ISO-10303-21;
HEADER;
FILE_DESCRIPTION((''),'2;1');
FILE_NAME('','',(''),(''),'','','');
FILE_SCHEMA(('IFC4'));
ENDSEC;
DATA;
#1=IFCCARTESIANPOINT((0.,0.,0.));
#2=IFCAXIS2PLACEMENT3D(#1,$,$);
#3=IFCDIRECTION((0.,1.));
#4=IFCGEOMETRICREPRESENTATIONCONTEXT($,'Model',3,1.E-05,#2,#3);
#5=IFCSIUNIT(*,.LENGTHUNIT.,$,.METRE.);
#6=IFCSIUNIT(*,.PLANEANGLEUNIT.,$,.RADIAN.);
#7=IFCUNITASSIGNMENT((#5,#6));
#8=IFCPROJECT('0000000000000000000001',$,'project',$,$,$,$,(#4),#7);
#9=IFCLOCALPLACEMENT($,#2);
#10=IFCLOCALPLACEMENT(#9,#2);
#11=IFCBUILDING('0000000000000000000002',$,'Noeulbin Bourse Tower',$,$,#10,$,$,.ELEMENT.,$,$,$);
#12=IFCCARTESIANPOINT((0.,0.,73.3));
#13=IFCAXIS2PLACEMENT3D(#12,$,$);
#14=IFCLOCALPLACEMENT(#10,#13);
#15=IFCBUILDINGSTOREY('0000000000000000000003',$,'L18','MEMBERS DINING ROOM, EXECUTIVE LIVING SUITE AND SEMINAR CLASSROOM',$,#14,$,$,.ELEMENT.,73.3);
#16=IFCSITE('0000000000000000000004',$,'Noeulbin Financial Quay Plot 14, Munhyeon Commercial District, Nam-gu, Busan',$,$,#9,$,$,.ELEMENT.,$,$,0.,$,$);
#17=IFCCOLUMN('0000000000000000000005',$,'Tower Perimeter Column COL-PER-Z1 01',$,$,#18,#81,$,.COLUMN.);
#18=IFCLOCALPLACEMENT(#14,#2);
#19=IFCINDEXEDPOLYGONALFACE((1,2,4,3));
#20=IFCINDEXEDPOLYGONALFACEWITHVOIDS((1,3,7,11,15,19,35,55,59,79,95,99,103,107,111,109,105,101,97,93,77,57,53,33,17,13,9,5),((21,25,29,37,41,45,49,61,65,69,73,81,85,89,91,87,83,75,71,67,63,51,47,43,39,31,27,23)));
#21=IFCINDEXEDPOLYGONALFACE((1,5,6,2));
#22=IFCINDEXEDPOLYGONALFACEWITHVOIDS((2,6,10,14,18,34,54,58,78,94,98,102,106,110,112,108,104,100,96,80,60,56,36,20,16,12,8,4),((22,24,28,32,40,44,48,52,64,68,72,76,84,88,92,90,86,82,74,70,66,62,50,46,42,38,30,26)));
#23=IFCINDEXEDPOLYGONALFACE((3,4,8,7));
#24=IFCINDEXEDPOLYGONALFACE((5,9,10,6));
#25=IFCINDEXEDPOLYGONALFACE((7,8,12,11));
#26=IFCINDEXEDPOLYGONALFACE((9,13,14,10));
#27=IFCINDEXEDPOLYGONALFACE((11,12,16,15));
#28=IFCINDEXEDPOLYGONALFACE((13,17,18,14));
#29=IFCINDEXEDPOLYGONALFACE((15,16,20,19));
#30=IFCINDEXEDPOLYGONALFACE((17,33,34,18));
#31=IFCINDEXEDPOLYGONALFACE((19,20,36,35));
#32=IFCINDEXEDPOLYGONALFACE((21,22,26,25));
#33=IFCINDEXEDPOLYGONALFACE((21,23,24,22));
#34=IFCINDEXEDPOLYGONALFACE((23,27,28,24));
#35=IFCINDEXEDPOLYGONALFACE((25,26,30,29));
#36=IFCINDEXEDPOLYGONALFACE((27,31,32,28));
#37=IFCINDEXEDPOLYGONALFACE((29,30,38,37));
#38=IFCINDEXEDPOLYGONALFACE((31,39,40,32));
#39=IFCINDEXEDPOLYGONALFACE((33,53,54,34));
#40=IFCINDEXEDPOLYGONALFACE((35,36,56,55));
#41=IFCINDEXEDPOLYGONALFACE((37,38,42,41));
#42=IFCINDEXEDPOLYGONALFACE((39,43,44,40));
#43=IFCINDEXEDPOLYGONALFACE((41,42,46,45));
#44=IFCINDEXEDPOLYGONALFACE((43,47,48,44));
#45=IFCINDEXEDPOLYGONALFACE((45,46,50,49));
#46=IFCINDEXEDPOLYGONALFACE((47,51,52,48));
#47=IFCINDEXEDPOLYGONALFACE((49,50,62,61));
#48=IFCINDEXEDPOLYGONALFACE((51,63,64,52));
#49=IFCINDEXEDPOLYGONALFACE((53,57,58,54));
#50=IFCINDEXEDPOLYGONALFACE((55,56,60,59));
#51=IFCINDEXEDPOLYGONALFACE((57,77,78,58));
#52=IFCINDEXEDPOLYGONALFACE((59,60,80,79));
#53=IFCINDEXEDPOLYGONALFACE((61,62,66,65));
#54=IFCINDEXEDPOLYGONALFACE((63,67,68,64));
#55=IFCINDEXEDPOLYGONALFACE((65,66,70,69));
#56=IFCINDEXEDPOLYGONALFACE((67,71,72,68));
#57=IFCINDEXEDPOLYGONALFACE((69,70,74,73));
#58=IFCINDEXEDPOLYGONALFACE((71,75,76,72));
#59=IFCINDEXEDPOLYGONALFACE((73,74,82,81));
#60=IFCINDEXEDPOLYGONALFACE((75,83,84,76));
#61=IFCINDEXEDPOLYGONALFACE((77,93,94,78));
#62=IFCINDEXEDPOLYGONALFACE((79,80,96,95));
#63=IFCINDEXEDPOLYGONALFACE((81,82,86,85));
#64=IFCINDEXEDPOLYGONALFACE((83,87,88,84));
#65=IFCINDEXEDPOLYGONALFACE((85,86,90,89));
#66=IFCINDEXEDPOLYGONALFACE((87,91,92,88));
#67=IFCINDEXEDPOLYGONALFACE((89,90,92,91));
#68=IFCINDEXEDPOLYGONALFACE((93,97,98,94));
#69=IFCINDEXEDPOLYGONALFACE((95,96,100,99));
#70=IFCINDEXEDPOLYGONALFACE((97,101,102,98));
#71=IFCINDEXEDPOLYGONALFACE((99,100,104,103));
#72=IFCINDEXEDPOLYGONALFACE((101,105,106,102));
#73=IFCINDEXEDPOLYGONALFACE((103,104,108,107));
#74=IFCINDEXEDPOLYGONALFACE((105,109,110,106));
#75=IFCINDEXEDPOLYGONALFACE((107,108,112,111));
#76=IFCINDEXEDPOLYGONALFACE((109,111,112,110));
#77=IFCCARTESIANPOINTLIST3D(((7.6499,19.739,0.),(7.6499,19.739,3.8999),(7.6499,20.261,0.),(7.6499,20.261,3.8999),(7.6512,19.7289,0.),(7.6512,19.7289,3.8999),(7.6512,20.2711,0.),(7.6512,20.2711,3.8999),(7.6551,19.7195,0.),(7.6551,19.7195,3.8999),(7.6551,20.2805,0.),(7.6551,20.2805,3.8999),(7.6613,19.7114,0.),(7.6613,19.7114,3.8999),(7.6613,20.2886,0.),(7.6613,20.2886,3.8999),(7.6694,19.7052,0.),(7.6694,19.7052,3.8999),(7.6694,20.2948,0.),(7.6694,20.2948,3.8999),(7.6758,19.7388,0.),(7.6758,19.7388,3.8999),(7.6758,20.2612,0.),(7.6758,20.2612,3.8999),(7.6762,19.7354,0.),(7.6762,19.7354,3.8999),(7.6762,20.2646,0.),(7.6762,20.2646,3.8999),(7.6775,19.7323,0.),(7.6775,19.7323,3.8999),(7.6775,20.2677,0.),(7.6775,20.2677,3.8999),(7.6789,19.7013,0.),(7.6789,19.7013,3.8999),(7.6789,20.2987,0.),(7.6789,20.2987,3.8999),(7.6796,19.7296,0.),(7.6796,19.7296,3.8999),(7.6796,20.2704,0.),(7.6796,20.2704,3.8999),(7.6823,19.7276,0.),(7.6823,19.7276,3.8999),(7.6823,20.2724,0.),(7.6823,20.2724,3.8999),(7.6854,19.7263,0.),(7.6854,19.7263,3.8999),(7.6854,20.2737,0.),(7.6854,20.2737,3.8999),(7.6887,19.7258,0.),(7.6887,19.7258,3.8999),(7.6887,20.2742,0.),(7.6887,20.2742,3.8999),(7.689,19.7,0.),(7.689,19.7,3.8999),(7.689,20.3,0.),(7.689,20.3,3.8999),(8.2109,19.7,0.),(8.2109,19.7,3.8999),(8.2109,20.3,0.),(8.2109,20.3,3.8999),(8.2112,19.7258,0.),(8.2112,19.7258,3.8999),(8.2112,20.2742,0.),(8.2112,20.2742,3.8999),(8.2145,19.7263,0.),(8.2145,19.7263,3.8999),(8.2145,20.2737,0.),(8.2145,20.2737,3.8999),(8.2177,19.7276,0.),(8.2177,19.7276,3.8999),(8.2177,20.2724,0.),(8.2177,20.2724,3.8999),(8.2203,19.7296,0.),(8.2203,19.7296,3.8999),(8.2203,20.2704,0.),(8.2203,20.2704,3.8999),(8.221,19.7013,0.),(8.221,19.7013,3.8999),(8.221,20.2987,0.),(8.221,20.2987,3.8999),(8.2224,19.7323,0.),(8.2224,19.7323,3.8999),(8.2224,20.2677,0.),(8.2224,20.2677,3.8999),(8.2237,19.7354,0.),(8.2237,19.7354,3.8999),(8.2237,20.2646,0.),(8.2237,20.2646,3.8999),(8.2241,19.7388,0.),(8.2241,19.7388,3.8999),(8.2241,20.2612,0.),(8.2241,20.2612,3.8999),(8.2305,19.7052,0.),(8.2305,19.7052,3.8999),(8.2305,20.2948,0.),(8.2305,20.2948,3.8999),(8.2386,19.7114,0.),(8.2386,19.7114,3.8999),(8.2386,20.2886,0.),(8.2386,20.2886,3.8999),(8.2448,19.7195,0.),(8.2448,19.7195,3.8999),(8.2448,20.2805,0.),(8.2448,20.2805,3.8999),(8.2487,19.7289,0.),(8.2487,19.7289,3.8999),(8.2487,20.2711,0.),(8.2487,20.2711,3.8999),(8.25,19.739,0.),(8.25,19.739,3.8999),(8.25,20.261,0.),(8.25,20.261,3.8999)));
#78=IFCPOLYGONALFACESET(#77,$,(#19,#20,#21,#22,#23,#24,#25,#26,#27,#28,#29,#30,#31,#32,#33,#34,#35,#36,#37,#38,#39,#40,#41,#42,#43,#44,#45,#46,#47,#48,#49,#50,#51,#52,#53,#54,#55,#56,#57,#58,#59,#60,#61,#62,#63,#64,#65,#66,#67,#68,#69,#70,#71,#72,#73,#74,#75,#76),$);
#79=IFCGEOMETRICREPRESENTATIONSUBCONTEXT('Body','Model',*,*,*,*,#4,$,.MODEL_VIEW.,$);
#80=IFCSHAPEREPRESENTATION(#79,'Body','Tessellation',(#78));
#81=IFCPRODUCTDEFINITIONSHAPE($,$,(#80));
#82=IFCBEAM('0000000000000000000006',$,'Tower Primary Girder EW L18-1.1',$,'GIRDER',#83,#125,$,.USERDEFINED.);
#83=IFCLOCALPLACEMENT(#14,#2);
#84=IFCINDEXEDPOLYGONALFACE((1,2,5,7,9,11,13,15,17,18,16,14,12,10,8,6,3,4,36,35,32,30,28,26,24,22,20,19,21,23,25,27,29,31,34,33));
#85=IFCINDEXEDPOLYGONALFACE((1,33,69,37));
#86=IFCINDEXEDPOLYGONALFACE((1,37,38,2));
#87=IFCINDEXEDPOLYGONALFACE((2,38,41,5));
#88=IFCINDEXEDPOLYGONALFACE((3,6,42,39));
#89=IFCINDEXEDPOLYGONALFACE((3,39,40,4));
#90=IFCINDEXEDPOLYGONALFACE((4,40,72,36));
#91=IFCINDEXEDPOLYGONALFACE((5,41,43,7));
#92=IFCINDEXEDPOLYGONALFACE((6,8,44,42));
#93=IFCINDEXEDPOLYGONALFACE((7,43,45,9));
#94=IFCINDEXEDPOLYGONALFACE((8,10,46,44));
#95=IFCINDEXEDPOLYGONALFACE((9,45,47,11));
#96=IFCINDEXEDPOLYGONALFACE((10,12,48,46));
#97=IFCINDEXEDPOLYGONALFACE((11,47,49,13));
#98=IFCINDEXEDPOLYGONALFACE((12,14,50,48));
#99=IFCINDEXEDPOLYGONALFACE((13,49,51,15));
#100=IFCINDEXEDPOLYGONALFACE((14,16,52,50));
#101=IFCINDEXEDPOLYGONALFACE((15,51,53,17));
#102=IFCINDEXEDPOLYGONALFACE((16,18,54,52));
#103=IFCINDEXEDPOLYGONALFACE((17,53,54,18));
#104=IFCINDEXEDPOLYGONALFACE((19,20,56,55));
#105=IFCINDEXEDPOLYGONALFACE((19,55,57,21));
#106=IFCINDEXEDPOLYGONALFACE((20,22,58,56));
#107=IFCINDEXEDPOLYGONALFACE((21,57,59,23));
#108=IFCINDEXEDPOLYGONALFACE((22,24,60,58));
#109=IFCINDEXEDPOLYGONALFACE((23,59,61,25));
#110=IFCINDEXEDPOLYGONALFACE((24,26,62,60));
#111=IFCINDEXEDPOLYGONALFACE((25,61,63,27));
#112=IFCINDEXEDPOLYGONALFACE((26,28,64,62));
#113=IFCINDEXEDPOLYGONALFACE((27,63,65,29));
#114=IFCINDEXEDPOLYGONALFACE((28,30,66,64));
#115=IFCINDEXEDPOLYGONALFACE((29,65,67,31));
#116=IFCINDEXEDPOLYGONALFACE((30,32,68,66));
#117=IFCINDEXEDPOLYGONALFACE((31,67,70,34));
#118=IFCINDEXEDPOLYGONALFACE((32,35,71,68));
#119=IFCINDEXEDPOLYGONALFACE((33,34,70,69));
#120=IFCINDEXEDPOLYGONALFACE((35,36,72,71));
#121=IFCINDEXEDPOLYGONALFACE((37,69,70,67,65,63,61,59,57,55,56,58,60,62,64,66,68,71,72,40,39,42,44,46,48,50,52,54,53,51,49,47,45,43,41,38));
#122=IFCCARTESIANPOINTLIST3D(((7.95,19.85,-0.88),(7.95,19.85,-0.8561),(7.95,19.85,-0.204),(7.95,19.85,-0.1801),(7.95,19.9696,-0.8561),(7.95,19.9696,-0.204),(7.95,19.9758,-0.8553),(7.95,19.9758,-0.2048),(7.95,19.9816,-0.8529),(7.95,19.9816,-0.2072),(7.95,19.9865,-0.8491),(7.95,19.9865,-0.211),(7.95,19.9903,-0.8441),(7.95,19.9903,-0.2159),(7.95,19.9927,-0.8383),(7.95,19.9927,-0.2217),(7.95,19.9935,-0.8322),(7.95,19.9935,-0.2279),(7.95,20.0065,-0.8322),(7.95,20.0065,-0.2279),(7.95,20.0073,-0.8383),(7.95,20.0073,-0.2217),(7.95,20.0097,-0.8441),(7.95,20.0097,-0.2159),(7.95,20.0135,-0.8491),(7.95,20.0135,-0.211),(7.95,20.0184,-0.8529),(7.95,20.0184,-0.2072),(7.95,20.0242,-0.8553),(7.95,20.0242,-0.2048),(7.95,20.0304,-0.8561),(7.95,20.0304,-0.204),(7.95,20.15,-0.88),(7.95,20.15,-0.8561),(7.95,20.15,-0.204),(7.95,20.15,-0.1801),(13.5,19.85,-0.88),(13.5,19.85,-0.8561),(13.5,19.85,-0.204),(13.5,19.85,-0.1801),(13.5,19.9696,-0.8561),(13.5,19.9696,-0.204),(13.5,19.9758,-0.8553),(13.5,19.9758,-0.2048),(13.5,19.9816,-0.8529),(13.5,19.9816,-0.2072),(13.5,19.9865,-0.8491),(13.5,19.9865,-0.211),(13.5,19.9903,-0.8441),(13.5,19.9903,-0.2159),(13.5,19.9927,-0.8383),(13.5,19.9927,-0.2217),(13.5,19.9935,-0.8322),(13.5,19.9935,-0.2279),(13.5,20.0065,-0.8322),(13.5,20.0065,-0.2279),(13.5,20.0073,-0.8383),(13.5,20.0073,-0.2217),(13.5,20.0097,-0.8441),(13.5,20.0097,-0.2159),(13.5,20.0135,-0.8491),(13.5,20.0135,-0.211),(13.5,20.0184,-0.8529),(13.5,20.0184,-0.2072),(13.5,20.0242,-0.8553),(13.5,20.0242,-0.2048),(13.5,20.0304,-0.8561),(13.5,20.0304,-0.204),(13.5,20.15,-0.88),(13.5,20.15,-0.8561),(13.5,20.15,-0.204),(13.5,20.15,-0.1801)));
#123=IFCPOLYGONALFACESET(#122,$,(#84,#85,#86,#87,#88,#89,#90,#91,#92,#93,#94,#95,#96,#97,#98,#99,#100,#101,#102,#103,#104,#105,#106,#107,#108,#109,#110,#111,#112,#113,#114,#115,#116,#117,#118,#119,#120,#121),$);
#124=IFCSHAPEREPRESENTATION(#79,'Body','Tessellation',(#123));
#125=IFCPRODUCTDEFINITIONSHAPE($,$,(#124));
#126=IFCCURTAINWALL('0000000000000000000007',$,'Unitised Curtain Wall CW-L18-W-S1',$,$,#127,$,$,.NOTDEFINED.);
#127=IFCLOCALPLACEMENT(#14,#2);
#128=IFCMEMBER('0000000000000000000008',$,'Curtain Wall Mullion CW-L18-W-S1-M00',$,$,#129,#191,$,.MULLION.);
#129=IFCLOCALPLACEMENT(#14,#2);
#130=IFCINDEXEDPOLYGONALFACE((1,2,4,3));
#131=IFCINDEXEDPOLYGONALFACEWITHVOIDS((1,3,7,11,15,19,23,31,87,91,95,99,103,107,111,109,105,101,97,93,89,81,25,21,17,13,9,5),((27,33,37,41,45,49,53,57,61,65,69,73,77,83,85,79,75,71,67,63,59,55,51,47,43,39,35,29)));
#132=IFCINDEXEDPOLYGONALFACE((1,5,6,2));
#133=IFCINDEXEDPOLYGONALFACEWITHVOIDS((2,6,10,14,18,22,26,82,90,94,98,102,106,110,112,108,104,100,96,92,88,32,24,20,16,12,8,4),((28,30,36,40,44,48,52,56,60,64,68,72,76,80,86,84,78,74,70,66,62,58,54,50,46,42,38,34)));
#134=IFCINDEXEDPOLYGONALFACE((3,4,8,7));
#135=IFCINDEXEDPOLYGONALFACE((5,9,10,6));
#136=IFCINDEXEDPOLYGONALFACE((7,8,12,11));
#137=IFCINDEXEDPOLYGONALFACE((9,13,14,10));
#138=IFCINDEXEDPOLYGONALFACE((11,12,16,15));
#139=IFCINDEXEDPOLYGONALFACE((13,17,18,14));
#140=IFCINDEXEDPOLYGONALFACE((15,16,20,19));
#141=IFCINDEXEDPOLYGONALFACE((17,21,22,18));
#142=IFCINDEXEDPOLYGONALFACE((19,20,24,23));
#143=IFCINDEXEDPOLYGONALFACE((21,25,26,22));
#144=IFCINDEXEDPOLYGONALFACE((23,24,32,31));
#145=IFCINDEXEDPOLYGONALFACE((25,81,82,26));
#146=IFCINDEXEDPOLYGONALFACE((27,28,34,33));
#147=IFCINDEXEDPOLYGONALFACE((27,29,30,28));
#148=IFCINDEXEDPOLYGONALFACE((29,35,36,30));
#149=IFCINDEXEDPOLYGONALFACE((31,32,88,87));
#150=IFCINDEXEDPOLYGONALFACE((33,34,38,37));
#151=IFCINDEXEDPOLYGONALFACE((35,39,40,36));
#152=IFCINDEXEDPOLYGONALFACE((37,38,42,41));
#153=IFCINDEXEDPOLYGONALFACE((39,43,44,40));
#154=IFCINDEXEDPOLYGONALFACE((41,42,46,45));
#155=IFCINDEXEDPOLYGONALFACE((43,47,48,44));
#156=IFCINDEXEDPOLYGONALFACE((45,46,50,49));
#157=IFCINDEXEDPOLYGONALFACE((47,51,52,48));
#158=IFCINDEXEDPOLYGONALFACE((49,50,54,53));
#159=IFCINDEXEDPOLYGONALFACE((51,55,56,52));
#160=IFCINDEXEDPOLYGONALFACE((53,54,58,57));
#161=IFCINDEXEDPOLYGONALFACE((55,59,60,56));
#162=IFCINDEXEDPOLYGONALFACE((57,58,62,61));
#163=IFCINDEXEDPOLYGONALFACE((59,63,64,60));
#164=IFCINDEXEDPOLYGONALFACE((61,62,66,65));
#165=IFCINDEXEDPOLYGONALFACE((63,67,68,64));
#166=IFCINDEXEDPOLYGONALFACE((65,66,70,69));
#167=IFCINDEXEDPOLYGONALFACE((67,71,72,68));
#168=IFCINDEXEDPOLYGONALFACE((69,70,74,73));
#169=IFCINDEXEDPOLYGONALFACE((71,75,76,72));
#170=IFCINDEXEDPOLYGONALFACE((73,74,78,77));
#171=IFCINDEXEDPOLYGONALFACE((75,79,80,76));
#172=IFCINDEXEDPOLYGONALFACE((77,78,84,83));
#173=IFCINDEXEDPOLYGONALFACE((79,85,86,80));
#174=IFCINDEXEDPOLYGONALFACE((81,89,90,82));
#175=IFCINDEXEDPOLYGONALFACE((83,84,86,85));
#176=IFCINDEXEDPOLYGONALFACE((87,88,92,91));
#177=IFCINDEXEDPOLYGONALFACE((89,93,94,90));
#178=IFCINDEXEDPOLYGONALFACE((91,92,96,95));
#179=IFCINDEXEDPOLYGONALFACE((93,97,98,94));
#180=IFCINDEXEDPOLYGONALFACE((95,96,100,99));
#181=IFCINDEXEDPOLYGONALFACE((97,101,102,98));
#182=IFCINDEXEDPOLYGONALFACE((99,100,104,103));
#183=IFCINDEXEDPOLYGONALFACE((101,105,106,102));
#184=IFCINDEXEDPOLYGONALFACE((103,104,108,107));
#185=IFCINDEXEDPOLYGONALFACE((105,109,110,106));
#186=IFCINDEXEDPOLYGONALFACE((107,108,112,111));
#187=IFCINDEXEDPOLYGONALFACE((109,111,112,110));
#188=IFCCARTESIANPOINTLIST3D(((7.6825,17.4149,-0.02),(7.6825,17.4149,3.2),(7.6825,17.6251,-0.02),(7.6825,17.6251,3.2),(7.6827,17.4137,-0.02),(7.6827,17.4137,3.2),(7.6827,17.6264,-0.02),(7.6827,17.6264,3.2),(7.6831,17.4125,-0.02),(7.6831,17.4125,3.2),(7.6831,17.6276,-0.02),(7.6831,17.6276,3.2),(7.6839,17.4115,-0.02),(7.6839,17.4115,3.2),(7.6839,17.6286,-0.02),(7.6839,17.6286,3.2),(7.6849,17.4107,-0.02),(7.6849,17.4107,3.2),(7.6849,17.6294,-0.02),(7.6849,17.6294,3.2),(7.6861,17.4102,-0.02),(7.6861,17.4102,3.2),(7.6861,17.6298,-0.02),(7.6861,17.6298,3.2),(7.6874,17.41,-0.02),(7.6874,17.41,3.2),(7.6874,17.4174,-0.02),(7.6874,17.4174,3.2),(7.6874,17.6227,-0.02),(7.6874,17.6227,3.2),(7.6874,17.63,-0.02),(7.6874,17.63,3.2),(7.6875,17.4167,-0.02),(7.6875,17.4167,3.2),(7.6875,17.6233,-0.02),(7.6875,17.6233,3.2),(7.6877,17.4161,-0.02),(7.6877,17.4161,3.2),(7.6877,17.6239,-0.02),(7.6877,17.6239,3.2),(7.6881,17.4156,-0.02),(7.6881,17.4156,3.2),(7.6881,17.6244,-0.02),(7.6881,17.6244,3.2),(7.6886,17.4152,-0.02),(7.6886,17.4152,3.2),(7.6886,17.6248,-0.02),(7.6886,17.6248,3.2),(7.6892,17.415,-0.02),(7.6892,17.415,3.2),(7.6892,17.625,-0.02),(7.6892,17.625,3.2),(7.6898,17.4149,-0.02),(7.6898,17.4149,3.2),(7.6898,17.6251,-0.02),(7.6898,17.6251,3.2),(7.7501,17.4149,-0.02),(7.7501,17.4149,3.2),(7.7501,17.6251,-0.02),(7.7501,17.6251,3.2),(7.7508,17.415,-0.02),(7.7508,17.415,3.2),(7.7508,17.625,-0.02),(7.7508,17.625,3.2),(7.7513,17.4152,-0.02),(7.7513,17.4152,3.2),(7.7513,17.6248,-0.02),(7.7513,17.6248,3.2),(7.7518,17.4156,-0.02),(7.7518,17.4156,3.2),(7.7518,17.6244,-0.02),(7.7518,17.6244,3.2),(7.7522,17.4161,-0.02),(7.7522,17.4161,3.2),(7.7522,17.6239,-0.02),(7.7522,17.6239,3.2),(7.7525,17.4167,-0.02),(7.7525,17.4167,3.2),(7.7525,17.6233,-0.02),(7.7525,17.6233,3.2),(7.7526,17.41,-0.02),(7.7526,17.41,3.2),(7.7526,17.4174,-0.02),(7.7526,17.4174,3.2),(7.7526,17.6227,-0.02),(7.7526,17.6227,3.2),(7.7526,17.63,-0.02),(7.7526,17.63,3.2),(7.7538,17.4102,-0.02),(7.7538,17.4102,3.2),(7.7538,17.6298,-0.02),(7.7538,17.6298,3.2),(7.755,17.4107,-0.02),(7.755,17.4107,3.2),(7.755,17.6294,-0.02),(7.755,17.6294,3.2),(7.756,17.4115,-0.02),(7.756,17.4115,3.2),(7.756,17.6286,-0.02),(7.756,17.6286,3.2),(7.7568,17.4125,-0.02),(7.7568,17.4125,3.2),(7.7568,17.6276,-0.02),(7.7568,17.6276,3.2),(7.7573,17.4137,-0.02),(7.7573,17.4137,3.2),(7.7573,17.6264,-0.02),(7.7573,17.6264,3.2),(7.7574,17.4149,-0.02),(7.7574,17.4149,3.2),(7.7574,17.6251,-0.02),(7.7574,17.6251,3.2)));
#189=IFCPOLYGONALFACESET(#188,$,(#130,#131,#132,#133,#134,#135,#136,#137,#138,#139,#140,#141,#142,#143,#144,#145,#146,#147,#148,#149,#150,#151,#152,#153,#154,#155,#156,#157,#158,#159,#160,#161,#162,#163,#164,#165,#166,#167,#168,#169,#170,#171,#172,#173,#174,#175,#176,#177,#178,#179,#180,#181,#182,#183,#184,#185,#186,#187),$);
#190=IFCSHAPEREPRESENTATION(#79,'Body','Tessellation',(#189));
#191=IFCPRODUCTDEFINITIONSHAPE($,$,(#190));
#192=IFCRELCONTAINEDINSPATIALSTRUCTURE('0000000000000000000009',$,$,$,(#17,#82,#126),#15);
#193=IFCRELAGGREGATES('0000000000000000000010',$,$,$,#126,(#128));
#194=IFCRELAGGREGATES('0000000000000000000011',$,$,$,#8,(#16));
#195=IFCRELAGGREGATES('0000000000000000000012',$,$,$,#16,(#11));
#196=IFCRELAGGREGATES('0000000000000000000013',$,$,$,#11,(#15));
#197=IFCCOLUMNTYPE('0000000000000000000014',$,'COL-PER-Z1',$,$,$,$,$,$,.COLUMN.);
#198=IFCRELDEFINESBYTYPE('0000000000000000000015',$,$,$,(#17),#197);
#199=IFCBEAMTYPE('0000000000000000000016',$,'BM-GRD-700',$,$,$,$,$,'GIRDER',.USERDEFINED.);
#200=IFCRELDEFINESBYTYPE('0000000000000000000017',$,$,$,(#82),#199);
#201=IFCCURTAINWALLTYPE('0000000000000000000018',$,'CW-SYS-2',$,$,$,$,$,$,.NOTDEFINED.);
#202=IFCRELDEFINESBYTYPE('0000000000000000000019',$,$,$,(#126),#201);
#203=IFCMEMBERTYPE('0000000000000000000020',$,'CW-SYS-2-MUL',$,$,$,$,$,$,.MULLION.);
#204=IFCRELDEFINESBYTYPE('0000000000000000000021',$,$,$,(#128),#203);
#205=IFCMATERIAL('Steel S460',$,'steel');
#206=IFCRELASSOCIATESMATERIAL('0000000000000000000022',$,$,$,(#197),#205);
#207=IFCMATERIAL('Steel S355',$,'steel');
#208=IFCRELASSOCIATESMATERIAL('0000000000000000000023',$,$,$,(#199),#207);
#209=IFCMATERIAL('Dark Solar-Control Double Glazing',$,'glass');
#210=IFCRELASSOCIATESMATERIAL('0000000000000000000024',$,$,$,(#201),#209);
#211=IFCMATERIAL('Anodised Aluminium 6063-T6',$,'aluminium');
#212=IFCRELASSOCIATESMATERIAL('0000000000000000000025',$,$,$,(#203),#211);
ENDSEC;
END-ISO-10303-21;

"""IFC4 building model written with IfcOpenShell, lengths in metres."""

from ifc_helpers import new_model, si_unit, direction, frame, origin, origin_2d, place, context, subcontext, project, spatial, hollow_rectangle, i_section, extrude, material, material_profile, profile_set, type_object, element, aggregate, save


model = new_model("IFC4")

# Units and contexts
model_context = context("Model", 3, precision=1e-05, world=origin(), true_north=direction((0.0, 1.0)))
body_context = subcontext(model_context, "Body", "Model", "MODEL_VIEW")
ifc_project = project(units=[si_unit("LENGTHUNIT", "METRE"), si_unit("PLANEANGLEUNIT", "RADIAN")], contexts=[model_context])

# Site, building, storey
site_placement = place(None, origin())
site = spatial("IfcSite", under=ifc_project, at=site_placement, Name="Noeulbin Financial Quay Plot 14, Munhyeon Commercial District, Nam-gu, Busan", CompositionType="ELEMENT", RefElevation=0.0)
building_placement = place(site_placement, origin())
building = spatial("IfcBuilding", under=site, at=building_placement, Name="Noeulbin Bourse Tower", CompositionType="ELEMENT")
storey_placement = place(building_placement, frame((0.0, 0.0, 73.3)))
storey = spatial("IfcBuildingStorey", under=building, at=storey_placement, Name="L18", Description="MEMBERS DINING ROOM, EXECUTIVE LIVING SUITE AND SEMINAR CLASSROOM", CompositionType="ELEMENT", Elevation=73.3)

# Column
ifc_material_1 = material(Name="Steel S460", Category="steel")
ifc_material_profile_1 = material_profile(ifc_material_1, hollow_rectangle(XDim=0.6001, YDim=0.6001, WallThickness=0.0259, InnerFilletRadius=0.0129, OuterFilletRadius=0.0391, at=origin_2d()), Name="BOX-600x600x26", Category="LoadBearing")
ifc_profile_set_1 = profile_set([ifc_material_profile_1], Name="Steel S460")
column_type = type_object("IfcColumnType", Name="COL-PER-Z1", PredefinedType="COLUMN", material=ifc_profile_set_1)
column_placement = place(storey_placement, frame((7.95, 20.0, 0.0), z_axis=(0.0, 0.0, 1.0), x_axis=(1.0, 0.0, 0.0)))
element("IfcColumn", 1, at=column_placement, inside=storey, type_object=column_type, Name="Tower Perimeter Column COL-PER-Z1 01", PredefinedType="COLUMN", context=body_context, shape_type="SweptSolid", body=[
    extrude(hollow_rectangle(XDim=0.6001, YDim=0.6001, WallThickness=0.0259, InnerFilletRadius=0.0129, OuterFilletRadius=0.0391, at=origin_2d()), origin(), (0.0, 0.0, 1.0), 3.8999),
])

# Beam
ifc_material_2 = material(Name="Steel S355", Category="steel")
ifc_material_profile_2 = material_profile(ifc_material_2, i_section(OverallWidth=0.3, OverallDepth=0.7, WebThickness=0.0129, FlangeThickness=0.0239, FilletRadius=0.0239, at=origin_2d()), Name="H-700x300x13x24", Category="LoadBearing")
ifc_profile_set_2 = profile_set([ifc_material_profile_2], Name="Steel S355")
beam_type = type_object("IfcBeamType", Name="BM-GRD-700", ElementType="GIRDER", PredefinedType="USERDEFINED", material=ifc_profile_set_2)
beam_placement = place(storey_placement, frame((7.95, 20.0, -0.53), z_axis=(1.0, 0.0, 0.0), x_axis=(0.0, 1.0, 0.0)))
element("IfcBeam", 2, at=beam_placement, inside=storey, type_object=beam_type, Name="Tower Primary Girder EW L18-1.1", ObjectType="GIRDER", PredefinedType="USERDEFINED", context=body_context, shape_type="SweptSolid", body=[
    extrude(i_section(OverallWidth=0.3, OverallDepth=0.7, WebThickness=0.0129, FlangeThickness=0.0239, FilletRadius=0.0239, at=origin_2d()), origin(), (0.0, 0.0, 1.0), 5.55),
])

# Curtain wall, member
ifc_material_3 = material(Name="Dark Solar-Control Double Glazing", Category="glass")
curtain_wall_type = type_object("IfcCurtainWallType", Name="CW-SYS-2", PredefinedType="NOTDEFINED", material=ifc_material_3)
curtain_wall_placement = place(storey_placement, origin())
curtain_wall = element("IfcCurtainWall", 3, at=curtain_wall_placement, inside=storey, type_object=curtain_wall_type, Name="Unitised Curtain Wall CW-L18-W-S1", PredefinedType="NOTDEFINED")
ifc_material_4 = material(Name="Anodised Aluminium 6063-T6", Category="aluminium")
ifc_material_profile_3 = material_profile(ifc_material_4, hollow_rectangle(XDim=0.075, YDim=0.22, WallThickness=0.0049, InnerFilletRadius=0.0024, OuterFilletRadius=0.0049, at=origin_2d()), Name="ALU-MULL-75x220x5", Category="LoadBearing")
ifc_profile_set_3 = profile_set([ifc_material_profile_3], Name="Anodised Aluminium 6063-T6")
member_type_1 = type_object("IfcMemberType", Name="CW-SYS-2-MUL", PredefinedType="MULLION", material=ifc_profile_set_3)
member_1_placement = place(storey_placement, frame((7.72, 17.52, -0.02), z_axis=(0.0, 0.0, 1.0), x_axis=(1.0, 0.0, 0.0)))
member_1 = element("IfcMember", 4, at=member_1_placement, type_object=member_type_1, Name="Curtain Wall Mullion CW-L18-W-S1-M00", PredefinedType="MULLION", context=body_context, shape_type="SweptSolid", body=[
    extrude(hollow_rectangle(XDim=0.075, YDim=0.22, WallThickness=0.0049, InnerFilletRadius=0.0024, OuterFilletRadius=0.0049, at=origin_2d()), origin(), (0.0, 0.0, 1.0), 3.22),
])
aggregate(curtain_wall, [member_1])

save(model, "model.ifc")
